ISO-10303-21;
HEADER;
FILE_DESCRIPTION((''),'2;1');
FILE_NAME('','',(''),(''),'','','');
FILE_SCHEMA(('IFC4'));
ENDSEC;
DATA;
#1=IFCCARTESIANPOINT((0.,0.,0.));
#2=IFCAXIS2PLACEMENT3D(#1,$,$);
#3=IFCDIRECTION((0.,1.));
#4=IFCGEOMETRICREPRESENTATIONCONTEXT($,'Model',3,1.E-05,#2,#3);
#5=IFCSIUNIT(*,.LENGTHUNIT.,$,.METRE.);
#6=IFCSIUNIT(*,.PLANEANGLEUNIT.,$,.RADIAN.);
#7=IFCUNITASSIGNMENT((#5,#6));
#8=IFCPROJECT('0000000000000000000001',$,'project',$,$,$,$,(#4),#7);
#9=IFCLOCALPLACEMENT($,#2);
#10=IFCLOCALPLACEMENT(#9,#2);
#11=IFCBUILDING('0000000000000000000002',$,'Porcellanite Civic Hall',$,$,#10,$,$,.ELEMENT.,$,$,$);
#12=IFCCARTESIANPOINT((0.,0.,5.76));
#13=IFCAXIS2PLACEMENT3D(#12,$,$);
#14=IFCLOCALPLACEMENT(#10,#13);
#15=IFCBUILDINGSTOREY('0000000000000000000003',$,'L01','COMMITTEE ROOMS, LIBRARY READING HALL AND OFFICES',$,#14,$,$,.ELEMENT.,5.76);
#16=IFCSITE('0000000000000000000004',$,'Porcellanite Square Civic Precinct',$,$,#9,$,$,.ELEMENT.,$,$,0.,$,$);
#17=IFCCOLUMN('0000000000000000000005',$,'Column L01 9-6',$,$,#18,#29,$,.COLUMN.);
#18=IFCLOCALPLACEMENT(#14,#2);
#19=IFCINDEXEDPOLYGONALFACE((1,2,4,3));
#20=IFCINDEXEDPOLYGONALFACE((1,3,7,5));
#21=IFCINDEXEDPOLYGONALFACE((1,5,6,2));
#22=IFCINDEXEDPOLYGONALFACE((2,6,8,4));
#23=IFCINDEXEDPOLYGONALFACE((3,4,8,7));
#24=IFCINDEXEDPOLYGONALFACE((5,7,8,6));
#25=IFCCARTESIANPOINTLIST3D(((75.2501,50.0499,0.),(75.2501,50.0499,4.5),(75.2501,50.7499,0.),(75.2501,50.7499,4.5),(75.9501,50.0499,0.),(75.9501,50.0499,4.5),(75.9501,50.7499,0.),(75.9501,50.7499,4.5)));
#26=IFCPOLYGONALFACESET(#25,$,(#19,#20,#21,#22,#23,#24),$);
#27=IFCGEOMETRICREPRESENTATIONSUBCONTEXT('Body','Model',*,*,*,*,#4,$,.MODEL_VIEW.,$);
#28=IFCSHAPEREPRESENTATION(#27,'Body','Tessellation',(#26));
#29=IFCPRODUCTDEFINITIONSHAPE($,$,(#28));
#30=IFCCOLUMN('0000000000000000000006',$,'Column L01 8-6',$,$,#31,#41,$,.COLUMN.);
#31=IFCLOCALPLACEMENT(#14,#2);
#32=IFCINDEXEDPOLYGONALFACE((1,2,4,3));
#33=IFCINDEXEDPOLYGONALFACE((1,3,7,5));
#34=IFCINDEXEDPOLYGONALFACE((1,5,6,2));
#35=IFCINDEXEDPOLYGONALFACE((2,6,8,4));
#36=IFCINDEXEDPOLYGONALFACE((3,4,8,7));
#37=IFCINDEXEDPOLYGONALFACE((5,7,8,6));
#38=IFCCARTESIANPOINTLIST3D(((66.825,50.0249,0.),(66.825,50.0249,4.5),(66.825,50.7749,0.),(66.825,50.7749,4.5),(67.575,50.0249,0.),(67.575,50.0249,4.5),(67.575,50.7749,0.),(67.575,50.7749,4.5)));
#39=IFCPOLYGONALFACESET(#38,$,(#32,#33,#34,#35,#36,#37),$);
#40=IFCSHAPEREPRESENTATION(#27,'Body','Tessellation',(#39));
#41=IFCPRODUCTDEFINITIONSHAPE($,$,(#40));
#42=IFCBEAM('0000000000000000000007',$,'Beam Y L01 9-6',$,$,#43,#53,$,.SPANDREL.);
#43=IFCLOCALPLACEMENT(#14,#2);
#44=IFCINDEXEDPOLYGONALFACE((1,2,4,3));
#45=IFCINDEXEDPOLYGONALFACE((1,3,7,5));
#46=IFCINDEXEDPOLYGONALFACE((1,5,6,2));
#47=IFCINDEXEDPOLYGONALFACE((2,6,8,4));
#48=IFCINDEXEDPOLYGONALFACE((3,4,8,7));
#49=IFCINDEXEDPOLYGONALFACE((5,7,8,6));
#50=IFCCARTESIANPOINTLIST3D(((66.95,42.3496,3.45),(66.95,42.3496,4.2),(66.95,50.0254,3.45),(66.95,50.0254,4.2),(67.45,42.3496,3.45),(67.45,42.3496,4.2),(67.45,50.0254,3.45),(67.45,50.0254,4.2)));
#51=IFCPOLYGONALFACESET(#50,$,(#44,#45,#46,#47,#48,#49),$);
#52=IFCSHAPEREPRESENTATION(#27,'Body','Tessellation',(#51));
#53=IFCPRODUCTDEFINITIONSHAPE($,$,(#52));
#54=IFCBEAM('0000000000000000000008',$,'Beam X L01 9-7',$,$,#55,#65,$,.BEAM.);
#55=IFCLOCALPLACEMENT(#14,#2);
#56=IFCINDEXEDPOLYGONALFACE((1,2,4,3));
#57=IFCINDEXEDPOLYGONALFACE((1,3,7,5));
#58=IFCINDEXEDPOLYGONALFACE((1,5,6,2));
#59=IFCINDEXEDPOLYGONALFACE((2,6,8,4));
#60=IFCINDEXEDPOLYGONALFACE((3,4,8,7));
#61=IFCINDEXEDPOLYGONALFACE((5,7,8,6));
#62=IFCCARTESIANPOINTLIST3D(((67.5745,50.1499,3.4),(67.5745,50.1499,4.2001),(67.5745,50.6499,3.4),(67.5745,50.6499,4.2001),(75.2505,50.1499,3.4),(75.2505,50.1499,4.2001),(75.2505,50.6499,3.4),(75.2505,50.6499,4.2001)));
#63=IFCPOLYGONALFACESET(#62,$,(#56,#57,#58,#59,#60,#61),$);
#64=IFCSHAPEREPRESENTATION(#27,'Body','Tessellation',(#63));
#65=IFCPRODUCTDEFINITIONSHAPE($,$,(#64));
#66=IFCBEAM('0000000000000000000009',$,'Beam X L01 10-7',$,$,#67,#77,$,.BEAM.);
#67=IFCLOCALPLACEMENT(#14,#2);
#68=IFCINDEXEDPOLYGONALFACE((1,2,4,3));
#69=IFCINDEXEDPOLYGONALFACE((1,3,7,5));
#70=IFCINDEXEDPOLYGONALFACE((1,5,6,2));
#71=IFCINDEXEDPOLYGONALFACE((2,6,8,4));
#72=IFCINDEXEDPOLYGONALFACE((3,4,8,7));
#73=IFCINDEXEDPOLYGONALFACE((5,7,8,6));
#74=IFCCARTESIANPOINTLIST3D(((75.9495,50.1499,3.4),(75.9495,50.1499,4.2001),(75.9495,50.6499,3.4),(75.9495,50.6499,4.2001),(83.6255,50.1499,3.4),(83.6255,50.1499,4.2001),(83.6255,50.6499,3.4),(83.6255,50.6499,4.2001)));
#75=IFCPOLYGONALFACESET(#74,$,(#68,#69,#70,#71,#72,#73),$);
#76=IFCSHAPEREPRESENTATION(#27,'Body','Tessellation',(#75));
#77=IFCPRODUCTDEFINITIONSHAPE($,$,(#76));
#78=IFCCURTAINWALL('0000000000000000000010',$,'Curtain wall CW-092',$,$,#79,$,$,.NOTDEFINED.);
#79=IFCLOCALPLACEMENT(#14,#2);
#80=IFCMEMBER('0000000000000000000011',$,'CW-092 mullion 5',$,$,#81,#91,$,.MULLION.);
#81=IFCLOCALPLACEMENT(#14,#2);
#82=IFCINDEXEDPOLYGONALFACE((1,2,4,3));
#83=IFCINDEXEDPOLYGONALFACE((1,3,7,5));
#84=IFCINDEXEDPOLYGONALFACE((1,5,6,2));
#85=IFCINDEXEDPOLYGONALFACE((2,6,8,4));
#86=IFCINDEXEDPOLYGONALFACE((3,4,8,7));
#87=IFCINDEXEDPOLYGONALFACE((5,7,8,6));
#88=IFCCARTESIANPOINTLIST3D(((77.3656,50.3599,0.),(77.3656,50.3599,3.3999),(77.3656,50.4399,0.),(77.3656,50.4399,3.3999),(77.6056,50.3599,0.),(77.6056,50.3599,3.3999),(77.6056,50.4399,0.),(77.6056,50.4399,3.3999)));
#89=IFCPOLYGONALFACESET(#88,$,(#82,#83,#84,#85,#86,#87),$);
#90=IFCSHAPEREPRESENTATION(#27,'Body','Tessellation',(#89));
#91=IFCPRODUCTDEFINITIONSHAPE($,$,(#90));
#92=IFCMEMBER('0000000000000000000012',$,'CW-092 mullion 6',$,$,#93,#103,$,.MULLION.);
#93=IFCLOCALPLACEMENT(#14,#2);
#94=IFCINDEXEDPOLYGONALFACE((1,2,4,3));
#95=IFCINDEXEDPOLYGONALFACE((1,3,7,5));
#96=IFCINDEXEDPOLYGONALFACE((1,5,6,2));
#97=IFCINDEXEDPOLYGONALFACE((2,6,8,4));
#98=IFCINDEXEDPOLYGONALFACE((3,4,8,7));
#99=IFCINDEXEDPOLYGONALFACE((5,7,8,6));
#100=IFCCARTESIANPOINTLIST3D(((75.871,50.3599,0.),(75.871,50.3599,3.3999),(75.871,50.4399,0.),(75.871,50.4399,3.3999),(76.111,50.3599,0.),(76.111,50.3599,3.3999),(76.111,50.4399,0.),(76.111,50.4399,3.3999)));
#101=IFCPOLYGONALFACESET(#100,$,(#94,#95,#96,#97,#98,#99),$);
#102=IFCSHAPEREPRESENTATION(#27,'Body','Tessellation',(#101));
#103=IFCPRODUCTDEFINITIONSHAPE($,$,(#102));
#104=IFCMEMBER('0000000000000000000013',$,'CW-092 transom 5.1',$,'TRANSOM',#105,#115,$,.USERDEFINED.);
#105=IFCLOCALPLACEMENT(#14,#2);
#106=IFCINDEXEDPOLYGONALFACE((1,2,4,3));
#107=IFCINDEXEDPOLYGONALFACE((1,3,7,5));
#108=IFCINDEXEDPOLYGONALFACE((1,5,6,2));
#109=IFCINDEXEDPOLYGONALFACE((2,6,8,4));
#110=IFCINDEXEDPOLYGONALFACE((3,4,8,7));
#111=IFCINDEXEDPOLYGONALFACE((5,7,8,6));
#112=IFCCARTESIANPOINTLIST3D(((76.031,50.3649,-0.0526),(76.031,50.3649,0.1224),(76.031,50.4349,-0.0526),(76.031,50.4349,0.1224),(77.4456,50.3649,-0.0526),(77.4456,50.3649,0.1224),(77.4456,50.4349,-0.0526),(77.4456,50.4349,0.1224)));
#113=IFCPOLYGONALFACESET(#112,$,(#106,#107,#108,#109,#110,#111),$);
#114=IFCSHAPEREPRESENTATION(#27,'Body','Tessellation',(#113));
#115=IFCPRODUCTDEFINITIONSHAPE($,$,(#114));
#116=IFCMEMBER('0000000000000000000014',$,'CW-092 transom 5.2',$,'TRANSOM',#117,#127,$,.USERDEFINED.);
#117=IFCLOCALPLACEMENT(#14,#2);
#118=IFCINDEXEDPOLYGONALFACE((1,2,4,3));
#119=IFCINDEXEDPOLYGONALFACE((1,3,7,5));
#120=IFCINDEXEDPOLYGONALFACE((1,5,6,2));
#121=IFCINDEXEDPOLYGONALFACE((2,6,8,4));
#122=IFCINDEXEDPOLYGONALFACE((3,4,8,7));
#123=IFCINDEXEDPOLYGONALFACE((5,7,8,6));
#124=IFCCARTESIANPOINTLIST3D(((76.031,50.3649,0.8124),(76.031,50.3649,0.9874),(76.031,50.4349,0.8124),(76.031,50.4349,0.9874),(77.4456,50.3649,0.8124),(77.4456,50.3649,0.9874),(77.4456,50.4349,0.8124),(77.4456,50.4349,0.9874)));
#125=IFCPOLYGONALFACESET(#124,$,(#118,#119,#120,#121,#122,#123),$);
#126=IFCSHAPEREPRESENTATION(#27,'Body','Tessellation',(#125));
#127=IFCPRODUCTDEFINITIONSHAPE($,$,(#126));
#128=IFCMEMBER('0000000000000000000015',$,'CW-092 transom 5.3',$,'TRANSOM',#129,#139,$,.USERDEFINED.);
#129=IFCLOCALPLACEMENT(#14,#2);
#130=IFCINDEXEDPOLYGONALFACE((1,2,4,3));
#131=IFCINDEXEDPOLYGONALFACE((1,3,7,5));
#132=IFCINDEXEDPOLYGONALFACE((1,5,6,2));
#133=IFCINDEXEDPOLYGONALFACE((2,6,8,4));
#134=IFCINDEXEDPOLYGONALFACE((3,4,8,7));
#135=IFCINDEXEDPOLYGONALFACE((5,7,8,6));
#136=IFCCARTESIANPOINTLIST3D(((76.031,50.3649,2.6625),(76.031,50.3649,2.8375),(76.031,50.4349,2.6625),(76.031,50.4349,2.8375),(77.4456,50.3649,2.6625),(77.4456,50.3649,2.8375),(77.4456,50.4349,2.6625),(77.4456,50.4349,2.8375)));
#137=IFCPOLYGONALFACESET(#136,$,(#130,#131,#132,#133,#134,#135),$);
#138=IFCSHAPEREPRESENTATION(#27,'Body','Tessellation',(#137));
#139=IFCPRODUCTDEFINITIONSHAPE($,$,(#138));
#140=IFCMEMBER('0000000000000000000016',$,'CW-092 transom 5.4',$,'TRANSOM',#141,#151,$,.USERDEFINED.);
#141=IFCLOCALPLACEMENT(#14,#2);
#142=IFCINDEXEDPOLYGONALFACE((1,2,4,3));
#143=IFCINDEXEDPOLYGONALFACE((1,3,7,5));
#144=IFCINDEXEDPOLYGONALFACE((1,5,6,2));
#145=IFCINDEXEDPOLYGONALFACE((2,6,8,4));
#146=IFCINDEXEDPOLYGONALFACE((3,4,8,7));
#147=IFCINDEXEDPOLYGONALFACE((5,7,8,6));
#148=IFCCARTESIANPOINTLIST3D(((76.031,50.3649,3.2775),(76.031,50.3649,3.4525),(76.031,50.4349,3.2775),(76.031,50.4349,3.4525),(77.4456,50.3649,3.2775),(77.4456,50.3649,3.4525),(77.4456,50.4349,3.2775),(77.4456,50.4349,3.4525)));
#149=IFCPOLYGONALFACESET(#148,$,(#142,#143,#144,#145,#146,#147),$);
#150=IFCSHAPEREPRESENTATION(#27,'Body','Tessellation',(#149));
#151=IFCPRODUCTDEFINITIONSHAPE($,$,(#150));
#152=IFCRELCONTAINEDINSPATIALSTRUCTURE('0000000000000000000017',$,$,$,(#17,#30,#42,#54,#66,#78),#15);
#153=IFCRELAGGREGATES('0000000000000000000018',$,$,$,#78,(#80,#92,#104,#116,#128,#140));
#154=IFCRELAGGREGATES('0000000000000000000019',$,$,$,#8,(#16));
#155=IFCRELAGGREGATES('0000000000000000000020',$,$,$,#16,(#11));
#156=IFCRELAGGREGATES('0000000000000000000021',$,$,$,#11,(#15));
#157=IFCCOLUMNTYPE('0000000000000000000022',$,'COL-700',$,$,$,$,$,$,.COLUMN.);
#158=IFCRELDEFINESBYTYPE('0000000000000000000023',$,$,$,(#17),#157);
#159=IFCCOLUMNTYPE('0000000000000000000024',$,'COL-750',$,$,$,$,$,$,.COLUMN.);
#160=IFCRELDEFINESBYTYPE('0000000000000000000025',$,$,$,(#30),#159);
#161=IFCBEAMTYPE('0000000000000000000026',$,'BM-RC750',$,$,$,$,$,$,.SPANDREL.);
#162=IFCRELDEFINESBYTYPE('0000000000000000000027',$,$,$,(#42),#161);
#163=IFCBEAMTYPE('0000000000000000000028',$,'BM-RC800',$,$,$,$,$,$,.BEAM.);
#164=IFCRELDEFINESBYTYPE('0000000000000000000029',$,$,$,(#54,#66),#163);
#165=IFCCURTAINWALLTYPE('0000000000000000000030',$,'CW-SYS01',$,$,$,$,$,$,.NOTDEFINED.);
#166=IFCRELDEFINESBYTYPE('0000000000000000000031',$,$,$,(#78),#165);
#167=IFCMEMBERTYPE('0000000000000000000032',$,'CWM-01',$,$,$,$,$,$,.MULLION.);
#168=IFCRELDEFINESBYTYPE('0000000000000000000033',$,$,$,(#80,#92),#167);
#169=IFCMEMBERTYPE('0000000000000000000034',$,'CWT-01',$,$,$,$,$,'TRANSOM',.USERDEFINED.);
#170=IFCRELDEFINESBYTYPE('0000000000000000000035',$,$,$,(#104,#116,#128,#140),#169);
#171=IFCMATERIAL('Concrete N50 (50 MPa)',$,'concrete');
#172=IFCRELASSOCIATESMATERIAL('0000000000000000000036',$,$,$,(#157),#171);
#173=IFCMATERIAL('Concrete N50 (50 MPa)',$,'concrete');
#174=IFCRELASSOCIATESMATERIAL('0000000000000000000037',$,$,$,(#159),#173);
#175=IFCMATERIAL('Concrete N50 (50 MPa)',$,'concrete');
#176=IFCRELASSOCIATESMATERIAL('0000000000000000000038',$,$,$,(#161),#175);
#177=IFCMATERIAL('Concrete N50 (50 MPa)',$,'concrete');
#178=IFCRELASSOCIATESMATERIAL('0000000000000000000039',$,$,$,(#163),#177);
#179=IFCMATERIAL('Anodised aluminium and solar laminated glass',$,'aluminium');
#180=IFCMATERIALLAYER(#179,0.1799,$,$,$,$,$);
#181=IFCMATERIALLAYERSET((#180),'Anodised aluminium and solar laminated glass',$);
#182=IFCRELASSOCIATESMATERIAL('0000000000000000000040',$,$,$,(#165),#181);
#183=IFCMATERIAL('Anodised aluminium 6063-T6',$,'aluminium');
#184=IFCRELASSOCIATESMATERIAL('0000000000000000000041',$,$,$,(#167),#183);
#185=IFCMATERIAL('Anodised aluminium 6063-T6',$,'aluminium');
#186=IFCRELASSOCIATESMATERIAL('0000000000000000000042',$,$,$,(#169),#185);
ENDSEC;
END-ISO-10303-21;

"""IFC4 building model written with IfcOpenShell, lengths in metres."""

from ifc_helpers import new_model, si_unit, direction, frame, origin, origin_2d, place, context, subcontext, project, spatial, rectangle, extrude, material, layer, layer_set, material_profile, profile_set, type_object, element, aggregate, save


model = new_model("IFC4")

# Units and contexts
model_context = context("Model", 3, precision=1e-05, world=origin(), true_north=direction((0.0, 1.0)))
body_context = subcontext(model_context, "Body", "Model", "MODEL_VIEW")
ifc_project = project(units=[si_unit("LENGTHUNIT", "METRE"), si_unit("PLANEANGLEUNIT", "RADIAN")], contexts=[model_context])

# Site, building, storey
site_placement = place(None, origin())
site = spatial("IfcSite", under=ifc_project, at=site_placement, Name="Porcellanite Square Civic Precinct", CompositionType="ELEMENT", RefElevation=0.0)
building_placement = place(site_placement, origin())
building = spatial("IfcBuilding", under=site, at=building_placement, Name="Porcellanite Civic Hall", CompositionType="ELEMENT")
storey_placement = place(building_placement, frame((0.0, 0.0, 5.76)))
storey = spatial("IfcBuildingStorey", under=building, at=storey_placement, Name="L01", Description="COMMITTEE ROOMS, LIBRARY READING HALL AND OFFICES", CompositionType="ELEMENT", Elevation=5.76)

# Columns
ifc_material_1 = material(Name="Concrete N50 (50 MPa)", Category="concrete")
ifc_material_profile_1 = material_profile(ifc_material_1, rectangle(XDim=0.7, YDim=0.7, at=origin_2d()), Name="RC-700x700")
ifc_profile_set_1 = profile_set([ifc_material_profile_1], Name="Concrete N50 (50 MPa)")
column_type_1 = type_object("IfcColumnType", Name="COL-700", PredefinedType="COLUMN", material=ifc_profile_set_1)
column_1_placement = place(storey_placement, frame((75.6001, 50.3999, 0.0), z_axis=(0.0, 0.0, 1.0), x_axis=(1.0, 0.0, 0.0)))
element("IfcColumn", 1, at=column_1_placement, inside=storey, type_object=column_type_1, Name="Column L01 9-6", PredefinedType="COLUMN", context=body_context, shape_type="SweptSolid", body=[
    extrude(rectangle(XDim=0.7, YDim=0.7, at=origin_2d()), origin(), (0.0, 0.0, 1.0), 4.5),
])
ifc_material_2 = material(Name="Concrete N50 (50 MPa)", Category="concrete")
ifc_material_profile_2 = material_profile(ifc_material_2, rectangle(XDim=0.75, YDim=0.75, at=origin_2d()), Name="RC-750x750")
ifc_profile_set_2 = profile_set([ifc_material_profile_2], Name="Concrete N50 (50 MPa)")
column_type_2 = type_object("IfcColumnType", Name="COL-750", PredefinedType="COLUMN", material=ifc_profile_set_2)
column_2_placement = place(storey_placement, frame((67.2, 50.3999, 0.0), z_axis=(0.0, 0.0, 1.0), x_axis=(1.0, 0.0, 0.0)))
element("IfcColumn", 2, at=column_2_placement, inside=storey, type_object=column_type_2, Name="Column L01 8-6", PredefinedType="COLUMN", context=body_context, shape_type="SweptSolid", body=[
    extrude(rectangle(XDim=0.75, YDim=0.75, at=origin_2d()), origin(), (0.0, 0.0, 1.0), 4.5),
])

# Beams
ifc_material_3 = material(Name="Concrete N50 (50 MPa)", Category="concrete")
ifc_material_profile_3 = material_profile(ifc_material_3, rectangle(XDim=0.5, YDim=0.75, at=origin_2d()), Name="RC-500x750")
ifc_profile_set_3 = profile_set([ifc_material_profile_3], Name="Concrete N50 (50 MPa)")
beam_type_1 = type_object("IfcBeamType", Name="BM-RC750", PredefinedType="SPANDREL", material=ifc_profile_set_3)
beam_1_placement = place(storey_placement, frame((67.2, 42.3496, 3.825), z_axis=(0.0, 1.0, 0.0), x_axis=(-1.0, 0.0, 0.0)))
element("IfcBeam", 3, at=beam_1_placement, inside=storey, type_object=beam_type_1, Name="Beam Y L01 9-6", PredefinedType="SPANDREL", context=body_context, shape_type="SweptSolid", body=[
    extrude(rectangle(XDim=0.5, YDim=0.75, at=origin_2d()), origin(), (0.0, 0.0, 1.0), 7.6758),
])
ifc_material_4 = material(Name="Concrete N50 (50 MPa)", Category="concrete")
ifc_material_profile_4 = material_profile(ifc_material_4, rectangle(XDim=0.5, YDim=0.8, at=origin_2d()), Name="RC-500x800")
ifc_profile_set_4 = profile_set([ifc_material_profile_4], Name="Concrete N50 (50 MPa)")
beam_type_2 = type_object("IfcBeamType", Name="BM-RC800", PredefinedType="BEAM", material=ifc_profile_set_4)
for number, where, z_axis, x_axis, name in (
    (4, (67.5745, 50.3999, 3.8), (1.0, 0.0, 0.0), (0.0, 1.0, 0.0), "Beam X L01 9-7"),
    (5, (75.9495, 50.3999, 3.8), (1.0, 0.0, 0.0), (0.0, 1.0, 0.0), "Beam X L01 10-7"),
):
    element("IfcBeam", number, at=place(storey_placement, frame(where, z_axis=z_axis, x_axis=x_axis)), inside=storey, type_object=beam_type_2, Name=name, PredefinedType="BEAM", context=body_context, shape_type="SweptSolid", body=[
        extrude(rectangle(XDim=0.5, YDim=0.8, at=origin_2d()), origin(), (0.0, 0.0, 1.0), 7.676),
    ])

# Curtain wall, members
ifc_material_5 = material(Name="Anodised aluminium and solar laminated glass", Category="aluminium")
ifc_layer_1 = layer(ifc_material_5, 0.1799)
ifc_layer_set_1 = layer_set([ifc_layer_1], Name="Anodised aluminium and solar laminated glass")
curtain_wall_type = type_object("IfcCurtainWallType", Name="CW-SYS01", PredefinedType="NOTDEFINED", material=ifc_layer_set_1)
curtain_wall_placement = place(storey_placement, origin())
curtain_wall = element("IfcCurtainWall", 6, at=curtain_wall_placement, inside=storey, type_object=curtain_wall_type, Name="Curtain wall CW-092", PredefinedType="NOTDEFINED")
ifc_material_6 = material(Name="Anodised aluminium 6063-T6", Category="aluminium")
ifc_material_profile_5 = material_profile(ifc_material_6, rectangle(XDim=0.0801, YDim=0.24, at=origin_2d()), Name="AL-80x240")
ifc_profile_set_5 = profile_set([ifc_material_profile_5], Name="Anodised aluminium 6063-T6")
member_type_1 = type_object("IfcMemberType", Name="CWM-01", PredefinedType="MULLION", material=ifc_profile_set_5)
member_1_placement = place(storey_placement, frame((77.4856, 50.3999, 0.0), z_axis=(0.0, 0.0, 1.0), x_axis=(0.0, -1.0, 0.0)))
member_1 = element("IfcMember", 7, at=member_1_placement, type_object=member_type_1, Name="CW-092 mullion 5", PredefinedType="MULLION", context=body_context, shape_type="SweptSolid", body=[
    extrude(rectangle(XDim=0.0801, YDim=0.24, at=origin_2d()), origin(), (0.0, 0.0, 1.0), 3.3999),
])
member_2_placement = place(storey_placement, frame((75.991, 50.3999, 0.0), z_axis=(0.0, 0.0, 1.0), x_axis=(0.0, -1.0, 0.0)))
member_2 = element("IfcMember", 8, at=member_2_placement, type_object=member_type_1, Name="CW-092 mullion 6", PredefinedType="MULLION", context=body_context, shape_type="SweptSolid", body=[
    extrude(rectangle(XDim=0.0801, YDim=0.24, at=origin_2d()), origin(), (0.0, 0.0, 1.0), 3.3999),
])
ifc_material_7 = material(Name="Anodised aluminium 6063-T6", Category="aluminium")
ifc_material_profile_6 = material_profile(ifc_material_7, rectangle(XDim=0.0701, YDim=0.175, at=origin_2d()), Name="AL-70x175")
ifc_profile_set_6 = profile_set([ifc_material_profile_6], Name="Anodised aluminium 6063-T6")
member_type_2 = type_object("IfcMemberType", Name="CWT-01", ElementType="TRANSOM", PredefinedType="USERDEFINED", material=ifc_profile_set_6)
member_3_placement = place(storey_placement, frame((77.4456, 50.3999, 0.0349), z_axis=(-1.0, 0.0, 0.0), x_axis=(0.0, -1.0, 0.0)))
member_3 = element("IfcMember", 9, at=member_3_placement, type_object=member_type_2, Name="CW-092 transom 5.1", ObjectType="TRANSOM", PredefinedType="USERDEFINED", context=body_context, shape_type="SweptSolid", body=[
    extrude(rectangle(XDim=0.0701, YDim=0.175, at=origin_2d()), origin(), (0.0, 0.0, 1.0), 1.4146),
])
member_4_placement = place(storey_placement, frame((77.4456, 50.3999, 0.8999), z_axis=(-1.0, 0.0, 0.0), x_axis=(0.0, -1.0, 0.0)))
member_4 = element("IfcMember", 10, at=member_4_placement, type_object=member_type_2, Name="CW-092 transom 5.2", ObjectType="TRANSOM", PredefinedType="USERDEFINED", context=body_context, shape_type="SweptSolid", body=[
    extrude(rectangle(XDim=0.0701, YDim=0.175, at=origin_2d()), origin(), (0.0, 0.0, 1.0), 1.4146),
])
member_5_placement = place(storey_placement, frame((77.4456, 50.3999, 2.75), z_axis=(-1.0, 0.0, 0.0), x_axis=(0.0, -1.0, 0.0)))
member_5 = element("IfcMember", 11, at=member_5_placement, type_object=member_type_2, Name="CW-092 transom 5.3", ObjectType="TRANSOM", PredefinedType="USERDEFINED", context=body_context, shape_type="SweptSolid", body=[
    extrude(rectangle(XDim=0.0701, YDim=0.175, at=origin_2d()), origin(), (0.0, 0.0, 1.0), 1.4146),
])
member_6_placement = place(storey_placement, frame((77.4456, 50.3999, 3.365), z_axis=(-1.0, 0.0, 0.0), x_axis=(0.0, -1.0, 0.0)))
member_6 = element("IfcMember", 12, at=member_6_placement, type_object=member_type_2, Name="CW-092 transom 5.4", ObjectType="TRANSOM", PredefinedType="USERDEFINED", context=body_context, shape_type="SweptSolid", body=[
    extrude(rectangle(XDim=0.0701, YDim=0.175, at=origin_2d()), origin(), (0.0, 0.0, 1.0), 1.4146),
])

aggregate(curtain_wall, [member_1, member_2, member_3, member_4, member_5, member_6])

save(model, "model.ifc")
